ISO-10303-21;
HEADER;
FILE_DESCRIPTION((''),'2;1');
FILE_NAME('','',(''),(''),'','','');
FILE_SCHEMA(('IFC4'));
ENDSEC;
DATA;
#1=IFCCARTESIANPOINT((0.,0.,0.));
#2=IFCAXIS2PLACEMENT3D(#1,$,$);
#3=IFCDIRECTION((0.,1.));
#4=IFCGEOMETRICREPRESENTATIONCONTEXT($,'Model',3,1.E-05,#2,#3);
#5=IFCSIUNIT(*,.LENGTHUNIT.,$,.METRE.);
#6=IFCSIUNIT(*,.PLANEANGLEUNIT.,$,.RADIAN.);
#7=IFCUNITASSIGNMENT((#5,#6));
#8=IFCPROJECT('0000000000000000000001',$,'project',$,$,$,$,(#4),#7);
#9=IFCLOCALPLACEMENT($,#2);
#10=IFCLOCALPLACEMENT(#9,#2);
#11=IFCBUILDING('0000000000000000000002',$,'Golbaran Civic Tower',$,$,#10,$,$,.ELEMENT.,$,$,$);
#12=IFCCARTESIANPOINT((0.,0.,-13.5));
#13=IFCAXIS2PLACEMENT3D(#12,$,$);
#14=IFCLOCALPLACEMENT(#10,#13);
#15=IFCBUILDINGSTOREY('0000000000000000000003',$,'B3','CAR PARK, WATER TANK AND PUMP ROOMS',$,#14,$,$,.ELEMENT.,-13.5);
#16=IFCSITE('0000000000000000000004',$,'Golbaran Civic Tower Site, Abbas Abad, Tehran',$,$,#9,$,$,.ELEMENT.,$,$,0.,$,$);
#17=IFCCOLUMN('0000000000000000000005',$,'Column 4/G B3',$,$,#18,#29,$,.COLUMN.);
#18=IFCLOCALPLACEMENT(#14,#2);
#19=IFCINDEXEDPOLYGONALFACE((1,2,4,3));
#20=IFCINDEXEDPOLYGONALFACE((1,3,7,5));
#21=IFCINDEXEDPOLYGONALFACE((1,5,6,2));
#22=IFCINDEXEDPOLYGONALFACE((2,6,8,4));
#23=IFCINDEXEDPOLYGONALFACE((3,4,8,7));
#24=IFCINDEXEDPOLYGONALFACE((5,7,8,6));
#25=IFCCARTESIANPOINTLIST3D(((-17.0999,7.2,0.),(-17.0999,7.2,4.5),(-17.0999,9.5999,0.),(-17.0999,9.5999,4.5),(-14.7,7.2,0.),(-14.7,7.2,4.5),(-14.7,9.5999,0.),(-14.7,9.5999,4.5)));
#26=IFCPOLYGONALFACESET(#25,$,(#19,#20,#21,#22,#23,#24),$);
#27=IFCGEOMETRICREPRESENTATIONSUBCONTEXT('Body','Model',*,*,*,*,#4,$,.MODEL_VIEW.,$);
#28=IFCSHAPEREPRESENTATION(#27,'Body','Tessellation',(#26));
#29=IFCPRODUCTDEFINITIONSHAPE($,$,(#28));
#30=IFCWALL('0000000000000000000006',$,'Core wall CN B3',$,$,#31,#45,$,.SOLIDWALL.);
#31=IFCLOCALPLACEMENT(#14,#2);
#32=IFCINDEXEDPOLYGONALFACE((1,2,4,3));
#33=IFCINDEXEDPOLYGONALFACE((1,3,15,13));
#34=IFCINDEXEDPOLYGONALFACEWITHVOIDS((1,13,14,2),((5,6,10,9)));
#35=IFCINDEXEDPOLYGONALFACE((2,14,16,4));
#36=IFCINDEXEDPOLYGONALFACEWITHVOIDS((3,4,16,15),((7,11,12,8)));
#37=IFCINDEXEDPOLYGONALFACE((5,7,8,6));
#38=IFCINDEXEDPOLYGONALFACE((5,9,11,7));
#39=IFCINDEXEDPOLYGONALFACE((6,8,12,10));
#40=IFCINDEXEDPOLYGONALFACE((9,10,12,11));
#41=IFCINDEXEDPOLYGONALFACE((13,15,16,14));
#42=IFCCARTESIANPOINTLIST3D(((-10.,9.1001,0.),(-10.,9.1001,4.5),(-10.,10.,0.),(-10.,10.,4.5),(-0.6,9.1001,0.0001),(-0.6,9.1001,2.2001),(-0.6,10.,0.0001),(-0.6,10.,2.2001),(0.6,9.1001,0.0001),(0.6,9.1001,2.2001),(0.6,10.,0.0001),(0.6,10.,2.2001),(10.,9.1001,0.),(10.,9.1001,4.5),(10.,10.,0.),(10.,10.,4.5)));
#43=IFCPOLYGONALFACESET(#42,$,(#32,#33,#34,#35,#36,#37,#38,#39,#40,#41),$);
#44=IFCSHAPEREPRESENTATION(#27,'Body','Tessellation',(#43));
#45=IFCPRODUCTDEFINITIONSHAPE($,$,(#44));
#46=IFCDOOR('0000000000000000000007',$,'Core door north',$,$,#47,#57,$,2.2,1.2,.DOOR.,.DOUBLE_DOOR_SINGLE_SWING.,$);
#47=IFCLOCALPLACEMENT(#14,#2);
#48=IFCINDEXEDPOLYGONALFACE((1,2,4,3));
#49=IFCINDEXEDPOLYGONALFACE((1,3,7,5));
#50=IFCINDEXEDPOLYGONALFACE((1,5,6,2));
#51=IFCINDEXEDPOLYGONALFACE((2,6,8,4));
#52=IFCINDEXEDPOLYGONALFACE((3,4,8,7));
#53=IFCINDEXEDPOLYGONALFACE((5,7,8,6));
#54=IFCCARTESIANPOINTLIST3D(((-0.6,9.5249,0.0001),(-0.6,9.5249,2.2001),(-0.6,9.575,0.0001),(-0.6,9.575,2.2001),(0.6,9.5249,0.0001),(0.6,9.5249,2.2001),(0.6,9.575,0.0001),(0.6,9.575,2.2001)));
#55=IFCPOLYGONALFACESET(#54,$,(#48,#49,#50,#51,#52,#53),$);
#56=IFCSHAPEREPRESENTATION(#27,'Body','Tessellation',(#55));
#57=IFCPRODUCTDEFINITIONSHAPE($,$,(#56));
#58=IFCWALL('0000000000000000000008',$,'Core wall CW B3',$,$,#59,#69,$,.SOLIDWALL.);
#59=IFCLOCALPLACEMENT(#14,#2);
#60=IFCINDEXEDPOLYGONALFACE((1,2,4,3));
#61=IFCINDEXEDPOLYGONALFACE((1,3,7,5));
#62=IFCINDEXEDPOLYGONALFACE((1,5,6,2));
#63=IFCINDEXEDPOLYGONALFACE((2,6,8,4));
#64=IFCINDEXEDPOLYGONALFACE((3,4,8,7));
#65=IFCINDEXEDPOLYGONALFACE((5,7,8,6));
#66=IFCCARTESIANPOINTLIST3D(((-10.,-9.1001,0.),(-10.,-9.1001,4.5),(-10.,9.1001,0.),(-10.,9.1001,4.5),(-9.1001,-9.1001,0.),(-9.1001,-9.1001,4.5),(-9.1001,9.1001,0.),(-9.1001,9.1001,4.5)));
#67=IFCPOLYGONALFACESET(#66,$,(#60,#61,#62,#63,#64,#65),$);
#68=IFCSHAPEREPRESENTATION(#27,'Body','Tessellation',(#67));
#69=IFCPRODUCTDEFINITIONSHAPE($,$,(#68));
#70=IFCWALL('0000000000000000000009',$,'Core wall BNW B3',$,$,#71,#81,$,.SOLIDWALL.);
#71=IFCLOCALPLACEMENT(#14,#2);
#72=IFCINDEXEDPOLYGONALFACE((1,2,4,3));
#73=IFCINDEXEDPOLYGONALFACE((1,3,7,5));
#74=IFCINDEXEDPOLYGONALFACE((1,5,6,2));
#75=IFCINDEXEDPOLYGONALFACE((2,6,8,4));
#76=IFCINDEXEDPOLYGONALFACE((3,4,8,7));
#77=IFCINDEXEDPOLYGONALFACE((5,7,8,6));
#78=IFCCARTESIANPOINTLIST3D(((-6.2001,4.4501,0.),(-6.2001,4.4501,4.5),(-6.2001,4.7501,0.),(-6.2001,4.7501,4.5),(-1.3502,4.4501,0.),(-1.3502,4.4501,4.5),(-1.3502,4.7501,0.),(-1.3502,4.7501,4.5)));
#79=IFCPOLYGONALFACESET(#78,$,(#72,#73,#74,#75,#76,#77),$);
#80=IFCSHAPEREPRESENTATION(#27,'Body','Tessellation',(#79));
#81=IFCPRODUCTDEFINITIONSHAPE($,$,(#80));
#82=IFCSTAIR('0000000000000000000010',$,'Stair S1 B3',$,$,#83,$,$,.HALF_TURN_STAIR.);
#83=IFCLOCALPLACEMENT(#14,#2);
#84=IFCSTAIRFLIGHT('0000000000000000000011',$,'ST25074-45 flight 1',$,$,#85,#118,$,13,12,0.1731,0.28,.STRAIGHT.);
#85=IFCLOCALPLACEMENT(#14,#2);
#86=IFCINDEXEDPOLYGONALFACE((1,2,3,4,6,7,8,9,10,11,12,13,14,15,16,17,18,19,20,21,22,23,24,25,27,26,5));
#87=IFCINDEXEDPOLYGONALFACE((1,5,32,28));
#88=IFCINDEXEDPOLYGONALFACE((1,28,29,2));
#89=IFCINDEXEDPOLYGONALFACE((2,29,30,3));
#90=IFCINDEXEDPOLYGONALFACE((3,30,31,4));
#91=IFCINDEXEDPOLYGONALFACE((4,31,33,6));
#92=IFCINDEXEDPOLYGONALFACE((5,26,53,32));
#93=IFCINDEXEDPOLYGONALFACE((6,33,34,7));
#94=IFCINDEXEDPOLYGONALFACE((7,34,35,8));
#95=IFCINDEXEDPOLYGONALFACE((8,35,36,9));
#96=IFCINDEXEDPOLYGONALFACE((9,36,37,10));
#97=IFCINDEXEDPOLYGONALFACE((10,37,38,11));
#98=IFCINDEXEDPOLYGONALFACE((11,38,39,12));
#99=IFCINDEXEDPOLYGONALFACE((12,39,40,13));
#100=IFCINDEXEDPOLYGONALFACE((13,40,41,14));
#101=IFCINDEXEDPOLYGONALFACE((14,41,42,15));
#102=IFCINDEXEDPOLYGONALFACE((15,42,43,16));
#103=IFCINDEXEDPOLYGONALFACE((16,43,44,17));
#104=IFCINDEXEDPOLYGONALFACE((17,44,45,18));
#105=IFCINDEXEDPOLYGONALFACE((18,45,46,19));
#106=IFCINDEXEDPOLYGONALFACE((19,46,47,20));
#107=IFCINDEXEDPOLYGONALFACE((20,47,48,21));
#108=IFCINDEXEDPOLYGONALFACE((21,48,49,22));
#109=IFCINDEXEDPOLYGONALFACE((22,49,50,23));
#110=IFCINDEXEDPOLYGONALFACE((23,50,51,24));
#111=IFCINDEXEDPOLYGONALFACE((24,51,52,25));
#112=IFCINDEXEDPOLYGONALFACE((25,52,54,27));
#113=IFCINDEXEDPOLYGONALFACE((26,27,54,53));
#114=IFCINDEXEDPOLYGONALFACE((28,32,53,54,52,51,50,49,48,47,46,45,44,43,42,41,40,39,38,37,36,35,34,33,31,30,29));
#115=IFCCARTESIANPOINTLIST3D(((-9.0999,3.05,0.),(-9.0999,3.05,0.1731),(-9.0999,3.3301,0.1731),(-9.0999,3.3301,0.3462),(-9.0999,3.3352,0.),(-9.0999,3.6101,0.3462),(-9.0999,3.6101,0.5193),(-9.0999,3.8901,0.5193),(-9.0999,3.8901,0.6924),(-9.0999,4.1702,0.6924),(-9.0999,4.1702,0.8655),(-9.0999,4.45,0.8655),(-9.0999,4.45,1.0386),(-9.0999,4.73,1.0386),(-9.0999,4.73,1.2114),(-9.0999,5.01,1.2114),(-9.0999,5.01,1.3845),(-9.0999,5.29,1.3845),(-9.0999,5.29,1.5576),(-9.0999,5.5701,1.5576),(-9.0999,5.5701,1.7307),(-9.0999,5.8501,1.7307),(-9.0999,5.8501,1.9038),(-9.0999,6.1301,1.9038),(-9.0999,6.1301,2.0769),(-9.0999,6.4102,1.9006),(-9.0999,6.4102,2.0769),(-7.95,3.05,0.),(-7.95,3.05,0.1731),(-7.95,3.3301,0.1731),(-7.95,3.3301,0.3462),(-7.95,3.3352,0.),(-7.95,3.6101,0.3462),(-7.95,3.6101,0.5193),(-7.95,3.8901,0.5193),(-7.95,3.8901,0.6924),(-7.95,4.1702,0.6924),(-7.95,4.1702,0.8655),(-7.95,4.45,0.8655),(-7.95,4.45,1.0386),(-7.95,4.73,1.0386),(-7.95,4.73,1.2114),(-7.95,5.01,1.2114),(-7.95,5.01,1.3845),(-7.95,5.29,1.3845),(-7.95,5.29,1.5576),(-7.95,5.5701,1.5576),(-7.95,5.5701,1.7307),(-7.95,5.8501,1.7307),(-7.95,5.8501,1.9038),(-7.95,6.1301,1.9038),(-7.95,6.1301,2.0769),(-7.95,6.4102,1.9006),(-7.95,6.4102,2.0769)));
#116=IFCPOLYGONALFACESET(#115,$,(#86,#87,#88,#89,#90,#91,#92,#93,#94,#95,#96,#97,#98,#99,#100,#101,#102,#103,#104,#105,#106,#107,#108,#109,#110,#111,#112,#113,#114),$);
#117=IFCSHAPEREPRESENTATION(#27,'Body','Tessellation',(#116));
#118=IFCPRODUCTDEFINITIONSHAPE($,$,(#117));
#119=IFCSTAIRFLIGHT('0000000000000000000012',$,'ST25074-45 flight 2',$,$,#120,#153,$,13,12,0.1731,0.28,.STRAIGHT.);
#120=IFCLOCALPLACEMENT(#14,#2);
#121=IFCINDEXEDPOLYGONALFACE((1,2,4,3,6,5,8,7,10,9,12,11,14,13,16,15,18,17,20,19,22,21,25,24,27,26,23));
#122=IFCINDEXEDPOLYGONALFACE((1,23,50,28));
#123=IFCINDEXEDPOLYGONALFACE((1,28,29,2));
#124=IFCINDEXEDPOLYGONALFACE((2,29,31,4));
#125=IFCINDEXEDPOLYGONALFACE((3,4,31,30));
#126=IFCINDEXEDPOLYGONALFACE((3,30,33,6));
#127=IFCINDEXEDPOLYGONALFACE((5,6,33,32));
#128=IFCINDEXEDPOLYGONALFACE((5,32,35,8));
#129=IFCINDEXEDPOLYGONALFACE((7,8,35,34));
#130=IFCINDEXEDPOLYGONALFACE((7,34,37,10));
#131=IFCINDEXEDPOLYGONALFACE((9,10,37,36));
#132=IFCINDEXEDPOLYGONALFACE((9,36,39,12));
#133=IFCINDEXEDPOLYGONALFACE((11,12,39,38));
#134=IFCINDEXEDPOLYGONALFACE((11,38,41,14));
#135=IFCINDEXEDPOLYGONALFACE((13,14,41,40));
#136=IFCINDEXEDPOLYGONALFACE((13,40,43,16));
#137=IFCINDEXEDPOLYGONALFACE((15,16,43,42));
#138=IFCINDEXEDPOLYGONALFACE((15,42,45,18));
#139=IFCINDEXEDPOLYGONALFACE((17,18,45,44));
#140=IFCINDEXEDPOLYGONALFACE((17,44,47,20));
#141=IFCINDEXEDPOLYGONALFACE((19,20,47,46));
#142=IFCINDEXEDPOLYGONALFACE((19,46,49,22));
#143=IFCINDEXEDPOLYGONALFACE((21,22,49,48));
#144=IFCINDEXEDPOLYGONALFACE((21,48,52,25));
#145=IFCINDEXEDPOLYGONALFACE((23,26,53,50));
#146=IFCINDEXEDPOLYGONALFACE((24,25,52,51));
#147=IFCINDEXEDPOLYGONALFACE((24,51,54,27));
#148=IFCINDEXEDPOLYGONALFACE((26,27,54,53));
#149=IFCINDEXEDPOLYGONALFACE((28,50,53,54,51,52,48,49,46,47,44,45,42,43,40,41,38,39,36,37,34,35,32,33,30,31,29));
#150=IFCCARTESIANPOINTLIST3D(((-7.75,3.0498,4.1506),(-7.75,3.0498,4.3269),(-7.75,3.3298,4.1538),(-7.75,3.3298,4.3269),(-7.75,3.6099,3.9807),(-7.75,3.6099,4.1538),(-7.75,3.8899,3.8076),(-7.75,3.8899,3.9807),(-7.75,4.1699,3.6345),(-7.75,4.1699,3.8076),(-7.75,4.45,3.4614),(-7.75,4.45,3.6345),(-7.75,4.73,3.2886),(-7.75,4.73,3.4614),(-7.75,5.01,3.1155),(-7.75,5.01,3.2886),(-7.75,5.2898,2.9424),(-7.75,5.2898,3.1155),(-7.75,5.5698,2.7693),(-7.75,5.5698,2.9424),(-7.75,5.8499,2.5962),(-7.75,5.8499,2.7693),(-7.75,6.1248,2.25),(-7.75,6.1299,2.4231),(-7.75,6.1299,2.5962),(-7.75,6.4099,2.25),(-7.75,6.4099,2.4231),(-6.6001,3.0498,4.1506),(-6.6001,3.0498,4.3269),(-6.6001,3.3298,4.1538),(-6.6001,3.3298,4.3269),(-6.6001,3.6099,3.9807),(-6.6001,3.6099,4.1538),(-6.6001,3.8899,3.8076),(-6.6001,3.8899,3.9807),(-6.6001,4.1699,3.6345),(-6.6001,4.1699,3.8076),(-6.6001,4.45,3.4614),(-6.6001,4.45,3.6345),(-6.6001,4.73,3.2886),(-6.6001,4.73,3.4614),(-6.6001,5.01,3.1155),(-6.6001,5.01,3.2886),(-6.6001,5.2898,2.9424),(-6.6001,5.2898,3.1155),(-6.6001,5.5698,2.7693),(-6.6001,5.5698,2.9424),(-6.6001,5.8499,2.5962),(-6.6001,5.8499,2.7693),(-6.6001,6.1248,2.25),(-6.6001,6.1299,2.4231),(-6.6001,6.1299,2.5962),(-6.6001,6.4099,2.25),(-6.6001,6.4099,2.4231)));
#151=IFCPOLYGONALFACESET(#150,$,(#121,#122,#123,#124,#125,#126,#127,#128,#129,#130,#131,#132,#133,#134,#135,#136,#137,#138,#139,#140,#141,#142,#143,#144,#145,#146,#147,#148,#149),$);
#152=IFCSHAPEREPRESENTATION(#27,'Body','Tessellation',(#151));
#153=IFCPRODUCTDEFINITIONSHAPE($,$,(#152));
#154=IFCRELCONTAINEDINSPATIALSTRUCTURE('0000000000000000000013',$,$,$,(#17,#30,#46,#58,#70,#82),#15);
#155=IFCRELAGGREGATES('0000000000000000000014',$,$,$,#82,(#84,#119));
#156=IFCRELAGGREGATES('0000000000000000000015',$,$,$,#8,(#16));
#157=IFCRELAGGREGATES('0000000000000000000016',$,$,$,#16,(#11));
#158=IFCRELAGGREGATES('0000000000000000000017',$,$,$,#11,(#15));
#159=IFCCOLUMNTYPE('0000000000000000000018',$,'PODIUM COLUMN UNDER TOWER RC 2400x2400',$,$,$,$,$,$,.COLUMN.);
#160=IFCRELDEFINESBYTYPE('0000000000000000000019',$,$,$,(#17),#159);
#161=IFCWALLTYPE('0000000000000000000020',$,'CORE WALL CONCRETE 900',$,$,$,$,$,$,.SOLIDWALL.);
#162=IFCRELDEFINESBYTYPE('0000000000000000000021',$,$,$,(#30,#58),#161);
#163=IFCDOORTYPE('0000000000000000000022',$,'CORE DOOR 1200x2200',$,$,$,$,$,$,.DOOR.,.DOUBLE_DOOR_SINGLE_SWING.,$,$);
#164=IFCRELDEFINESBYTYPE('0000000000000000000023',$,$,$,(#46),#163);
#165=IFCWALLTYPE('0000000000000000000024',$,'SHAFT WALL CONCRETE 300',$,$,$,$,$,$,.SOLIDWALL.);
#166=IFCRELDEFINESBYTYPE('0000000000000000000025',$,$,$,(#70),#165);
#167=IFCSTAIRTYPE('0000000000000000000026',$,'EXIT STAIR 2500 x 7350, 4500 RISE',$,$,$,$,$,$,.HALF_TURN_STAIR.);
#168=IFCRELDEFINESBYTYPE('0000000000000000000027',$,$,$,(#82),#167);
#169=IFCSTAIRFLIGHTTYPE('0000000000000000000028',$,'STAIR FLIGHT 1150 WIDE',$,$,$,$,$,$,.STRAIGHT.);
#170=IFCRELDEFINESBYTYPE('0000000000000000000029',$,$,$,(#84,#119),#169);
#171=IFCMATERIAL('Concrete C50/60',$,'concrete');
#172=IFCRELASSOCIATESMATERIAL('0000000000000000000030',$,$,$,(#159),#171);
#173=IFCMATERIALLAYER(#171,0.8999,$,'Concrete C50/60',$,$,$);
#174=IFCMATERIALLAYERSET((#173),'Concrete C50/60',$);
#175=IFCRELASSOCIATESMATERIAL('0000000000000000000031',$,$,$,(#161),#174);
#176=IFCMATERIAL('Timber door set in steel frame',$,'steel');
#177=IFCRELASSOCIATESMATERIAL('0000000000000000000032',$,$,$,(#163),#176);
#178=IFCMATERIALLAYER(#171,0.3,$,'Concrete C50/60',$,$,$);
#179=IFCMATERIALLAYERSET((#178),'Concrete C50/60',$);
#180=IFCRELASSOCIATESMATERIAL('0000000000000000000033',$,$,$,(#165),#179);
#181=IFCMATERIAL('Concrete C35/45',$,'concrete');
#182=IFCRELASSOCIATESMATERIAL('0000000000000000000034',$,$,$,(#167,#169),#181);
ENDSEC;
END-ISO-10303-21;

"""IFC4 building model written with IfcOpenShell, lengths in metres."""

from ifc_helpers import new_model, si_unit, direction, frame, frame_2d, origin, origin_2d, place, context, subcontext, project, spatial, polyline, rectangle, outline, extrude, material, layer, layer_set, material_profile, profile_set, type_object, element, fill, aggregate, save


model = new_model("IFC4")

# Units and contexts
model_context = context("Model", 3, precision=1e-05, world=origin(), true_north=direction((0.0, 1.0)))
body_context = subcontext(model_context, "Body", "Model", "MODEL_VIEW")
ifc_project = project(units=[si_unit("LENGTHUNIT", "METRE"), si_unit("PLANEANGLEUNIT", "RADIAN")], contexts=[model_context])

# Site, building, storey
site_placement = place(None, origin())
site = spatial("IfcSite", under=ifc_project, at=site_placement, Name="Golbaran Civic Tower Site, Abbas Abad, Tehran", CompositionType="ELEMENT", RefElevation=0.0)
building_placement = place(site_placement, origin())
building = spatial("IfcBuilding", under=site, at=building_placement, Name="Golbaran Civic Tower", CompositionType="ELEMENT")
storey_placement = place(building_placement, frame((0.0, 0.0, -13.5)))
storey = spatial("IfcBuildingStorey", under=building, at=storey_placement, Name="B3", Description="CAR PARK, WATER TANK AND PUMP ROOMS", CompositionType="ELEMENT", Elevation=-13.5)

# Shared definitions
ifc_material_1 = material(Name="Concrete C35/45", Category="concrete")

# Column
ifc_material_2 = material(Name="Concrete C50/60", Category="concrete")
ifc_material_profile_1 = material_profile(ifc_material_2, rectangle(XDim=2.3999, YDim=2.3999, at=origin_2d()), Name="RC 2400x2400")
ifc_profile_set_1 = profile_set([ifc_material_profile_1], Name="Concrete C50/60")
column_type = type_object("IfcColumnType", Name="PODIUM COLUMN UNDER TOWER RC 2400x2400", PredefinedType="COLUMN", material=ifc_profile_set_1)
column_placement = place(storey_placement, frame((-15.8999, 8.3999, 0.0), z_axis=(0.0, 0.0, 1.0), x_axis=(1.0, 0.0, 0.0)))
element("IfcColumn", 1, at=column_placement, inside=storey, type_object=column_type, Name="Column 4/G B3", PredefinedType="COLUMN", context=body_context, shape_type="SweptSolid", body=[
    extrude(rectangle(XDim=2.3999, YDim=2.3999, at=origin_2d()), origin(), (0.0, 0.0, 1.0), 4.5),
])

# Wall, opening, door
ifc_layer_1 = layer(ifc_material_2, 0.8999, Name="Concrete C50/60")
ifc_layer_set_1 = layer_set([ifc_layer_1], Name="Concrete C50/60")
wall_type_1 = type_object("IfcWallType", Name="CORE WALL CONCRETE 900", PredefinedType="SOLIDWALL", material=ifc_layer_set_1)
wall_1_placement = place(storey_placement, frame((-10.0, 9.55, 0.0), z_axis=(0.0, 0.0, 1.0), x_axis=(1.0, 0.0, 0.0)))
wall_1 = element("IfcWall", 2, at=wall_1_placement, inside=storey, type_object=wall_type_1, Name="Core wall CN B3", PredefinedType="SOLIDWALL", context=body_context, shape_type="SweptSolid", body=[
    extrude(rectangle(XDim=20.0, YDim=0.8999, at=frame_2d((10.0, 0.0))), origin(), (0.0, 0.0, 1.0), 4.5),
])
opening_placement = place(wall_1_placement, frame((9.3999, 0.0, 0.0)))
opening = element("IfcOpeningElement", 3, at=opening_placement, cuts=wall_1, PredefinedType="OPENING", context=body_context, shape_type="SweptSolid", body=[
    extrude(rectangle(XDim=1.2, YDim=2.2, at=frame_2d((0.6001, 1.1001))), frame((0.0, 0.46, 0.0), z_axis=(0.0, -1.0, 0.0), x_axis=(1.0, 0.0, 0.0)), (0.0, 0.0, 1.0), 0.9199),
])
ifc_material_3 = material(Name="Timber door set in steel frame", Category="steel")
door_type = type_object("IfcDoorType", Name="CORE DOOR 1200x2200", OperationType="DOUBLE_DOOR_SINGLE_SWING", PredefinedType="DOOR", material=ifc_material_3)
door_placement = place(opening_placement, origin())
door = element("IfcDoor", 4, at=door_placement, inside=storey, type_object=door_type, Name="Core door north", OperationType="DOUBLE_DOOR_SINGLE_SWING", OverallHeight=2.2, OverallWidth=1.2, PredefinedType="DOOR", context=body_context, shape_type="SweptSolid", body=[
    extrude(rectangle(XDim=1.2, YDim=2.2, at=frame_2d((0.6001, 1.1001))), frame((0.0, 0.0249, 0.0), z_axis=(0.0, -1.0, 0.0), x_axis=(1.0, 0.0, 0.0)), (0.0, 0.0, 1.0), 0.05),
])
fill(opening, door)

# Walls
wall_2_placement = place(storey_placement, frame((-9.55, 9.1001, 0.0), z_axis=(0.0, 0.0, 1.0), x_axis=(0.0, -1.0, 0.0)))
element("IfcWall", 5, at=wall_2_placement, inside=storey, type_object=wall_type_1, Name="Core wall CW B3", PredefinedType="SOLIDWALL", context=body_context, shape_type="SweptSolid", body=[
    extrude(rectangle(XDim=18.2002, YDim=0.8999, at=frame_2d((9.1001, 0.0))), origin(), (0.0, 0.0, 1.0), 4.5),
])
ifc_layer_2 = layer(ifc_material_2, 0.3, Name="Concrete C50/60")
ifc_layer_set_2 = layer_set([ifc_layer_2], Name="Concrete C50/60")
wall_type_2 = type_object("IfcWallType", Name="SHAFT WALL CONCRETE 300", PredefinedType="SOLIDWALL", material=ifc_layer_set_2)
wall_3_placement = place(storey_placement, frame((-6.2, 4.6001, 0.0), z_axis=(0.0, 0.0, 1.0), x_axis=(1.0, 0.0, 0.0)))
element("IfcWall", 6, at=wall_3_placement, inside=storey, type_object=wall_type_2, Name="Core wall BNW B3", PredefinedType="SOLIDWALL", context=body_context, shape_type="SweptSolid", body=[
    extrude(rectangle(XDim=4.8499, YDim=0.3, at=frame_2d((2.4248, 0.0))), origin(), (0.0, 0.0, 1.0), 4.5),
])

# Stair, stair flights
stair_type = type_object("IfcStairType", Name="EXIT STAIR 2500 x 7350, 4500 RISE", PredefinedType="HALF_TURN_STAIR", material=ifc_material_1)
stair_placement = place(storey_placement, origin())
stair = element("IfcStair", 7, at=stair_placement, inside=storey, type_object=stair_type, Name="Stair S1 B3", PredefinedType="HALF_TURN_STAIR")
stair_flight_type = type_object("IfcStairFlightType", Name="STAIR FLIGHT 1150 WIDE", PredefinedType="STRAIGHT", material=ifc_material_1)
stair_flight_1_placement = place(storey_placement, frame((-8.5249, 3.05, 0.0), z_axis=(0.0, 0.0, 1.0), x_axis=(0.0, 1.0, 0.0)))
stair_flight_1 = element("IfcStairFlight", 8, at=stair_flight_1_placement, type_object=stair_flight_type, Name="ST25074-45 flight 1", NumberOfRisers=13, NumberOfTreads=12, PredefinedType="STRAIGHT", RiserHeight=0.1731, TreadLength=0.28, context=body_context, shape_type="SweptSolid", body=[
    extrude(outline(polyline([(0.0, 0.0), (0.0, 0.1731), (0.28, 0.1731), (0.28, 0.3462), (0.5601, 0.3462), (0.5601, 0.5193), (0.8401, 0.5193), (0.8401, 0.6924), (1.1201, 0.6924), (1.1201, 0.8655), (1.3999, 0.8655), (1.3999, 1.0386), (1.6799, 1.0386), (1.6799, 1.2114), (1.96, 1.2114), (1.96, 1.3845), (2.24, 1.3845), (2.24, 1.5576), (2.52, 1.5576), (2.52, 1.7307), (2.8, 1.7307), (2.8, 1.9038), (3.0801, 1.9038), (3.0801, 2.0769), (3.3601, 2.0769), (3.3601, 2.25), (3.3601, 1.9006), (0.2852, 0.0), (0.0, 0.0)])), frame((0.0, 0.575, 0.0), z_axis=(0.0, -1.0, 0.0), x_axis=(1.0, 0.0, 0.0)), (0.0, 0.0, 1.0), 1.1499),
])
stair_flight_2_placement = place(storey_placement, frame((-7.175, 6.4099, 2.25), z_axis=(0.0, 0.0, 1.0), x_axis=(0.0, -1.0, 0.0)))
stair_flight_2 = element("IfcStairFlight", 9, at=stair_flight_2_placement, type_object=stair_flight_type, Name="ST25074-45 flight 2", NumberOfRisers=13, NumberOfTreads=12, PredefinedType="STRAIGHT", RiserHeight=0.1731, TreadLength=0.28, context=body_context, shape_type="SweptSolid", body=[
    extrude(outline(polyline([(0.0, 0.0), (0.0, 0.1731), (0.28, 0.1731), (0.28, 0.3462), (0.5601, 0.3462), (0.5601, 0.5193), (0.8401, 0.5193), (0.8401, 0.6924), (1.1201, 0.6924), (1.1201, 0.8655), (1.3999, 0.8655), (1.3999, 1.0386), (1.6799, 1.0386), (1.6799, 1.2114), (1.96, 1.2114), (1.96, 1.3845), (2.24, 1.3845), (2.24, 1.5576), (2.52, 1.5576), (2.52, 1.7307), (2.8, 1.7307), (2.8, 1.9038), (3.0801, 1.9038), (3.0801, 2.0769), (3.3601, 2.0769), (3.3601, 2.25), (3.3601, 1.9006), (0.2852, 0.0), (0.0, 0.0)])), frame((0.0, 0.575, 0.0), z_axis=(0.0, -1.0, 0.0), x_axis=(1.0, 0.0, 0.0)), (0.0, 0.0, 1.0), 1.1499),
])
aggregate(stair, [stair_flight_1, stair_flight_2])

save(model, "model.ifc")
